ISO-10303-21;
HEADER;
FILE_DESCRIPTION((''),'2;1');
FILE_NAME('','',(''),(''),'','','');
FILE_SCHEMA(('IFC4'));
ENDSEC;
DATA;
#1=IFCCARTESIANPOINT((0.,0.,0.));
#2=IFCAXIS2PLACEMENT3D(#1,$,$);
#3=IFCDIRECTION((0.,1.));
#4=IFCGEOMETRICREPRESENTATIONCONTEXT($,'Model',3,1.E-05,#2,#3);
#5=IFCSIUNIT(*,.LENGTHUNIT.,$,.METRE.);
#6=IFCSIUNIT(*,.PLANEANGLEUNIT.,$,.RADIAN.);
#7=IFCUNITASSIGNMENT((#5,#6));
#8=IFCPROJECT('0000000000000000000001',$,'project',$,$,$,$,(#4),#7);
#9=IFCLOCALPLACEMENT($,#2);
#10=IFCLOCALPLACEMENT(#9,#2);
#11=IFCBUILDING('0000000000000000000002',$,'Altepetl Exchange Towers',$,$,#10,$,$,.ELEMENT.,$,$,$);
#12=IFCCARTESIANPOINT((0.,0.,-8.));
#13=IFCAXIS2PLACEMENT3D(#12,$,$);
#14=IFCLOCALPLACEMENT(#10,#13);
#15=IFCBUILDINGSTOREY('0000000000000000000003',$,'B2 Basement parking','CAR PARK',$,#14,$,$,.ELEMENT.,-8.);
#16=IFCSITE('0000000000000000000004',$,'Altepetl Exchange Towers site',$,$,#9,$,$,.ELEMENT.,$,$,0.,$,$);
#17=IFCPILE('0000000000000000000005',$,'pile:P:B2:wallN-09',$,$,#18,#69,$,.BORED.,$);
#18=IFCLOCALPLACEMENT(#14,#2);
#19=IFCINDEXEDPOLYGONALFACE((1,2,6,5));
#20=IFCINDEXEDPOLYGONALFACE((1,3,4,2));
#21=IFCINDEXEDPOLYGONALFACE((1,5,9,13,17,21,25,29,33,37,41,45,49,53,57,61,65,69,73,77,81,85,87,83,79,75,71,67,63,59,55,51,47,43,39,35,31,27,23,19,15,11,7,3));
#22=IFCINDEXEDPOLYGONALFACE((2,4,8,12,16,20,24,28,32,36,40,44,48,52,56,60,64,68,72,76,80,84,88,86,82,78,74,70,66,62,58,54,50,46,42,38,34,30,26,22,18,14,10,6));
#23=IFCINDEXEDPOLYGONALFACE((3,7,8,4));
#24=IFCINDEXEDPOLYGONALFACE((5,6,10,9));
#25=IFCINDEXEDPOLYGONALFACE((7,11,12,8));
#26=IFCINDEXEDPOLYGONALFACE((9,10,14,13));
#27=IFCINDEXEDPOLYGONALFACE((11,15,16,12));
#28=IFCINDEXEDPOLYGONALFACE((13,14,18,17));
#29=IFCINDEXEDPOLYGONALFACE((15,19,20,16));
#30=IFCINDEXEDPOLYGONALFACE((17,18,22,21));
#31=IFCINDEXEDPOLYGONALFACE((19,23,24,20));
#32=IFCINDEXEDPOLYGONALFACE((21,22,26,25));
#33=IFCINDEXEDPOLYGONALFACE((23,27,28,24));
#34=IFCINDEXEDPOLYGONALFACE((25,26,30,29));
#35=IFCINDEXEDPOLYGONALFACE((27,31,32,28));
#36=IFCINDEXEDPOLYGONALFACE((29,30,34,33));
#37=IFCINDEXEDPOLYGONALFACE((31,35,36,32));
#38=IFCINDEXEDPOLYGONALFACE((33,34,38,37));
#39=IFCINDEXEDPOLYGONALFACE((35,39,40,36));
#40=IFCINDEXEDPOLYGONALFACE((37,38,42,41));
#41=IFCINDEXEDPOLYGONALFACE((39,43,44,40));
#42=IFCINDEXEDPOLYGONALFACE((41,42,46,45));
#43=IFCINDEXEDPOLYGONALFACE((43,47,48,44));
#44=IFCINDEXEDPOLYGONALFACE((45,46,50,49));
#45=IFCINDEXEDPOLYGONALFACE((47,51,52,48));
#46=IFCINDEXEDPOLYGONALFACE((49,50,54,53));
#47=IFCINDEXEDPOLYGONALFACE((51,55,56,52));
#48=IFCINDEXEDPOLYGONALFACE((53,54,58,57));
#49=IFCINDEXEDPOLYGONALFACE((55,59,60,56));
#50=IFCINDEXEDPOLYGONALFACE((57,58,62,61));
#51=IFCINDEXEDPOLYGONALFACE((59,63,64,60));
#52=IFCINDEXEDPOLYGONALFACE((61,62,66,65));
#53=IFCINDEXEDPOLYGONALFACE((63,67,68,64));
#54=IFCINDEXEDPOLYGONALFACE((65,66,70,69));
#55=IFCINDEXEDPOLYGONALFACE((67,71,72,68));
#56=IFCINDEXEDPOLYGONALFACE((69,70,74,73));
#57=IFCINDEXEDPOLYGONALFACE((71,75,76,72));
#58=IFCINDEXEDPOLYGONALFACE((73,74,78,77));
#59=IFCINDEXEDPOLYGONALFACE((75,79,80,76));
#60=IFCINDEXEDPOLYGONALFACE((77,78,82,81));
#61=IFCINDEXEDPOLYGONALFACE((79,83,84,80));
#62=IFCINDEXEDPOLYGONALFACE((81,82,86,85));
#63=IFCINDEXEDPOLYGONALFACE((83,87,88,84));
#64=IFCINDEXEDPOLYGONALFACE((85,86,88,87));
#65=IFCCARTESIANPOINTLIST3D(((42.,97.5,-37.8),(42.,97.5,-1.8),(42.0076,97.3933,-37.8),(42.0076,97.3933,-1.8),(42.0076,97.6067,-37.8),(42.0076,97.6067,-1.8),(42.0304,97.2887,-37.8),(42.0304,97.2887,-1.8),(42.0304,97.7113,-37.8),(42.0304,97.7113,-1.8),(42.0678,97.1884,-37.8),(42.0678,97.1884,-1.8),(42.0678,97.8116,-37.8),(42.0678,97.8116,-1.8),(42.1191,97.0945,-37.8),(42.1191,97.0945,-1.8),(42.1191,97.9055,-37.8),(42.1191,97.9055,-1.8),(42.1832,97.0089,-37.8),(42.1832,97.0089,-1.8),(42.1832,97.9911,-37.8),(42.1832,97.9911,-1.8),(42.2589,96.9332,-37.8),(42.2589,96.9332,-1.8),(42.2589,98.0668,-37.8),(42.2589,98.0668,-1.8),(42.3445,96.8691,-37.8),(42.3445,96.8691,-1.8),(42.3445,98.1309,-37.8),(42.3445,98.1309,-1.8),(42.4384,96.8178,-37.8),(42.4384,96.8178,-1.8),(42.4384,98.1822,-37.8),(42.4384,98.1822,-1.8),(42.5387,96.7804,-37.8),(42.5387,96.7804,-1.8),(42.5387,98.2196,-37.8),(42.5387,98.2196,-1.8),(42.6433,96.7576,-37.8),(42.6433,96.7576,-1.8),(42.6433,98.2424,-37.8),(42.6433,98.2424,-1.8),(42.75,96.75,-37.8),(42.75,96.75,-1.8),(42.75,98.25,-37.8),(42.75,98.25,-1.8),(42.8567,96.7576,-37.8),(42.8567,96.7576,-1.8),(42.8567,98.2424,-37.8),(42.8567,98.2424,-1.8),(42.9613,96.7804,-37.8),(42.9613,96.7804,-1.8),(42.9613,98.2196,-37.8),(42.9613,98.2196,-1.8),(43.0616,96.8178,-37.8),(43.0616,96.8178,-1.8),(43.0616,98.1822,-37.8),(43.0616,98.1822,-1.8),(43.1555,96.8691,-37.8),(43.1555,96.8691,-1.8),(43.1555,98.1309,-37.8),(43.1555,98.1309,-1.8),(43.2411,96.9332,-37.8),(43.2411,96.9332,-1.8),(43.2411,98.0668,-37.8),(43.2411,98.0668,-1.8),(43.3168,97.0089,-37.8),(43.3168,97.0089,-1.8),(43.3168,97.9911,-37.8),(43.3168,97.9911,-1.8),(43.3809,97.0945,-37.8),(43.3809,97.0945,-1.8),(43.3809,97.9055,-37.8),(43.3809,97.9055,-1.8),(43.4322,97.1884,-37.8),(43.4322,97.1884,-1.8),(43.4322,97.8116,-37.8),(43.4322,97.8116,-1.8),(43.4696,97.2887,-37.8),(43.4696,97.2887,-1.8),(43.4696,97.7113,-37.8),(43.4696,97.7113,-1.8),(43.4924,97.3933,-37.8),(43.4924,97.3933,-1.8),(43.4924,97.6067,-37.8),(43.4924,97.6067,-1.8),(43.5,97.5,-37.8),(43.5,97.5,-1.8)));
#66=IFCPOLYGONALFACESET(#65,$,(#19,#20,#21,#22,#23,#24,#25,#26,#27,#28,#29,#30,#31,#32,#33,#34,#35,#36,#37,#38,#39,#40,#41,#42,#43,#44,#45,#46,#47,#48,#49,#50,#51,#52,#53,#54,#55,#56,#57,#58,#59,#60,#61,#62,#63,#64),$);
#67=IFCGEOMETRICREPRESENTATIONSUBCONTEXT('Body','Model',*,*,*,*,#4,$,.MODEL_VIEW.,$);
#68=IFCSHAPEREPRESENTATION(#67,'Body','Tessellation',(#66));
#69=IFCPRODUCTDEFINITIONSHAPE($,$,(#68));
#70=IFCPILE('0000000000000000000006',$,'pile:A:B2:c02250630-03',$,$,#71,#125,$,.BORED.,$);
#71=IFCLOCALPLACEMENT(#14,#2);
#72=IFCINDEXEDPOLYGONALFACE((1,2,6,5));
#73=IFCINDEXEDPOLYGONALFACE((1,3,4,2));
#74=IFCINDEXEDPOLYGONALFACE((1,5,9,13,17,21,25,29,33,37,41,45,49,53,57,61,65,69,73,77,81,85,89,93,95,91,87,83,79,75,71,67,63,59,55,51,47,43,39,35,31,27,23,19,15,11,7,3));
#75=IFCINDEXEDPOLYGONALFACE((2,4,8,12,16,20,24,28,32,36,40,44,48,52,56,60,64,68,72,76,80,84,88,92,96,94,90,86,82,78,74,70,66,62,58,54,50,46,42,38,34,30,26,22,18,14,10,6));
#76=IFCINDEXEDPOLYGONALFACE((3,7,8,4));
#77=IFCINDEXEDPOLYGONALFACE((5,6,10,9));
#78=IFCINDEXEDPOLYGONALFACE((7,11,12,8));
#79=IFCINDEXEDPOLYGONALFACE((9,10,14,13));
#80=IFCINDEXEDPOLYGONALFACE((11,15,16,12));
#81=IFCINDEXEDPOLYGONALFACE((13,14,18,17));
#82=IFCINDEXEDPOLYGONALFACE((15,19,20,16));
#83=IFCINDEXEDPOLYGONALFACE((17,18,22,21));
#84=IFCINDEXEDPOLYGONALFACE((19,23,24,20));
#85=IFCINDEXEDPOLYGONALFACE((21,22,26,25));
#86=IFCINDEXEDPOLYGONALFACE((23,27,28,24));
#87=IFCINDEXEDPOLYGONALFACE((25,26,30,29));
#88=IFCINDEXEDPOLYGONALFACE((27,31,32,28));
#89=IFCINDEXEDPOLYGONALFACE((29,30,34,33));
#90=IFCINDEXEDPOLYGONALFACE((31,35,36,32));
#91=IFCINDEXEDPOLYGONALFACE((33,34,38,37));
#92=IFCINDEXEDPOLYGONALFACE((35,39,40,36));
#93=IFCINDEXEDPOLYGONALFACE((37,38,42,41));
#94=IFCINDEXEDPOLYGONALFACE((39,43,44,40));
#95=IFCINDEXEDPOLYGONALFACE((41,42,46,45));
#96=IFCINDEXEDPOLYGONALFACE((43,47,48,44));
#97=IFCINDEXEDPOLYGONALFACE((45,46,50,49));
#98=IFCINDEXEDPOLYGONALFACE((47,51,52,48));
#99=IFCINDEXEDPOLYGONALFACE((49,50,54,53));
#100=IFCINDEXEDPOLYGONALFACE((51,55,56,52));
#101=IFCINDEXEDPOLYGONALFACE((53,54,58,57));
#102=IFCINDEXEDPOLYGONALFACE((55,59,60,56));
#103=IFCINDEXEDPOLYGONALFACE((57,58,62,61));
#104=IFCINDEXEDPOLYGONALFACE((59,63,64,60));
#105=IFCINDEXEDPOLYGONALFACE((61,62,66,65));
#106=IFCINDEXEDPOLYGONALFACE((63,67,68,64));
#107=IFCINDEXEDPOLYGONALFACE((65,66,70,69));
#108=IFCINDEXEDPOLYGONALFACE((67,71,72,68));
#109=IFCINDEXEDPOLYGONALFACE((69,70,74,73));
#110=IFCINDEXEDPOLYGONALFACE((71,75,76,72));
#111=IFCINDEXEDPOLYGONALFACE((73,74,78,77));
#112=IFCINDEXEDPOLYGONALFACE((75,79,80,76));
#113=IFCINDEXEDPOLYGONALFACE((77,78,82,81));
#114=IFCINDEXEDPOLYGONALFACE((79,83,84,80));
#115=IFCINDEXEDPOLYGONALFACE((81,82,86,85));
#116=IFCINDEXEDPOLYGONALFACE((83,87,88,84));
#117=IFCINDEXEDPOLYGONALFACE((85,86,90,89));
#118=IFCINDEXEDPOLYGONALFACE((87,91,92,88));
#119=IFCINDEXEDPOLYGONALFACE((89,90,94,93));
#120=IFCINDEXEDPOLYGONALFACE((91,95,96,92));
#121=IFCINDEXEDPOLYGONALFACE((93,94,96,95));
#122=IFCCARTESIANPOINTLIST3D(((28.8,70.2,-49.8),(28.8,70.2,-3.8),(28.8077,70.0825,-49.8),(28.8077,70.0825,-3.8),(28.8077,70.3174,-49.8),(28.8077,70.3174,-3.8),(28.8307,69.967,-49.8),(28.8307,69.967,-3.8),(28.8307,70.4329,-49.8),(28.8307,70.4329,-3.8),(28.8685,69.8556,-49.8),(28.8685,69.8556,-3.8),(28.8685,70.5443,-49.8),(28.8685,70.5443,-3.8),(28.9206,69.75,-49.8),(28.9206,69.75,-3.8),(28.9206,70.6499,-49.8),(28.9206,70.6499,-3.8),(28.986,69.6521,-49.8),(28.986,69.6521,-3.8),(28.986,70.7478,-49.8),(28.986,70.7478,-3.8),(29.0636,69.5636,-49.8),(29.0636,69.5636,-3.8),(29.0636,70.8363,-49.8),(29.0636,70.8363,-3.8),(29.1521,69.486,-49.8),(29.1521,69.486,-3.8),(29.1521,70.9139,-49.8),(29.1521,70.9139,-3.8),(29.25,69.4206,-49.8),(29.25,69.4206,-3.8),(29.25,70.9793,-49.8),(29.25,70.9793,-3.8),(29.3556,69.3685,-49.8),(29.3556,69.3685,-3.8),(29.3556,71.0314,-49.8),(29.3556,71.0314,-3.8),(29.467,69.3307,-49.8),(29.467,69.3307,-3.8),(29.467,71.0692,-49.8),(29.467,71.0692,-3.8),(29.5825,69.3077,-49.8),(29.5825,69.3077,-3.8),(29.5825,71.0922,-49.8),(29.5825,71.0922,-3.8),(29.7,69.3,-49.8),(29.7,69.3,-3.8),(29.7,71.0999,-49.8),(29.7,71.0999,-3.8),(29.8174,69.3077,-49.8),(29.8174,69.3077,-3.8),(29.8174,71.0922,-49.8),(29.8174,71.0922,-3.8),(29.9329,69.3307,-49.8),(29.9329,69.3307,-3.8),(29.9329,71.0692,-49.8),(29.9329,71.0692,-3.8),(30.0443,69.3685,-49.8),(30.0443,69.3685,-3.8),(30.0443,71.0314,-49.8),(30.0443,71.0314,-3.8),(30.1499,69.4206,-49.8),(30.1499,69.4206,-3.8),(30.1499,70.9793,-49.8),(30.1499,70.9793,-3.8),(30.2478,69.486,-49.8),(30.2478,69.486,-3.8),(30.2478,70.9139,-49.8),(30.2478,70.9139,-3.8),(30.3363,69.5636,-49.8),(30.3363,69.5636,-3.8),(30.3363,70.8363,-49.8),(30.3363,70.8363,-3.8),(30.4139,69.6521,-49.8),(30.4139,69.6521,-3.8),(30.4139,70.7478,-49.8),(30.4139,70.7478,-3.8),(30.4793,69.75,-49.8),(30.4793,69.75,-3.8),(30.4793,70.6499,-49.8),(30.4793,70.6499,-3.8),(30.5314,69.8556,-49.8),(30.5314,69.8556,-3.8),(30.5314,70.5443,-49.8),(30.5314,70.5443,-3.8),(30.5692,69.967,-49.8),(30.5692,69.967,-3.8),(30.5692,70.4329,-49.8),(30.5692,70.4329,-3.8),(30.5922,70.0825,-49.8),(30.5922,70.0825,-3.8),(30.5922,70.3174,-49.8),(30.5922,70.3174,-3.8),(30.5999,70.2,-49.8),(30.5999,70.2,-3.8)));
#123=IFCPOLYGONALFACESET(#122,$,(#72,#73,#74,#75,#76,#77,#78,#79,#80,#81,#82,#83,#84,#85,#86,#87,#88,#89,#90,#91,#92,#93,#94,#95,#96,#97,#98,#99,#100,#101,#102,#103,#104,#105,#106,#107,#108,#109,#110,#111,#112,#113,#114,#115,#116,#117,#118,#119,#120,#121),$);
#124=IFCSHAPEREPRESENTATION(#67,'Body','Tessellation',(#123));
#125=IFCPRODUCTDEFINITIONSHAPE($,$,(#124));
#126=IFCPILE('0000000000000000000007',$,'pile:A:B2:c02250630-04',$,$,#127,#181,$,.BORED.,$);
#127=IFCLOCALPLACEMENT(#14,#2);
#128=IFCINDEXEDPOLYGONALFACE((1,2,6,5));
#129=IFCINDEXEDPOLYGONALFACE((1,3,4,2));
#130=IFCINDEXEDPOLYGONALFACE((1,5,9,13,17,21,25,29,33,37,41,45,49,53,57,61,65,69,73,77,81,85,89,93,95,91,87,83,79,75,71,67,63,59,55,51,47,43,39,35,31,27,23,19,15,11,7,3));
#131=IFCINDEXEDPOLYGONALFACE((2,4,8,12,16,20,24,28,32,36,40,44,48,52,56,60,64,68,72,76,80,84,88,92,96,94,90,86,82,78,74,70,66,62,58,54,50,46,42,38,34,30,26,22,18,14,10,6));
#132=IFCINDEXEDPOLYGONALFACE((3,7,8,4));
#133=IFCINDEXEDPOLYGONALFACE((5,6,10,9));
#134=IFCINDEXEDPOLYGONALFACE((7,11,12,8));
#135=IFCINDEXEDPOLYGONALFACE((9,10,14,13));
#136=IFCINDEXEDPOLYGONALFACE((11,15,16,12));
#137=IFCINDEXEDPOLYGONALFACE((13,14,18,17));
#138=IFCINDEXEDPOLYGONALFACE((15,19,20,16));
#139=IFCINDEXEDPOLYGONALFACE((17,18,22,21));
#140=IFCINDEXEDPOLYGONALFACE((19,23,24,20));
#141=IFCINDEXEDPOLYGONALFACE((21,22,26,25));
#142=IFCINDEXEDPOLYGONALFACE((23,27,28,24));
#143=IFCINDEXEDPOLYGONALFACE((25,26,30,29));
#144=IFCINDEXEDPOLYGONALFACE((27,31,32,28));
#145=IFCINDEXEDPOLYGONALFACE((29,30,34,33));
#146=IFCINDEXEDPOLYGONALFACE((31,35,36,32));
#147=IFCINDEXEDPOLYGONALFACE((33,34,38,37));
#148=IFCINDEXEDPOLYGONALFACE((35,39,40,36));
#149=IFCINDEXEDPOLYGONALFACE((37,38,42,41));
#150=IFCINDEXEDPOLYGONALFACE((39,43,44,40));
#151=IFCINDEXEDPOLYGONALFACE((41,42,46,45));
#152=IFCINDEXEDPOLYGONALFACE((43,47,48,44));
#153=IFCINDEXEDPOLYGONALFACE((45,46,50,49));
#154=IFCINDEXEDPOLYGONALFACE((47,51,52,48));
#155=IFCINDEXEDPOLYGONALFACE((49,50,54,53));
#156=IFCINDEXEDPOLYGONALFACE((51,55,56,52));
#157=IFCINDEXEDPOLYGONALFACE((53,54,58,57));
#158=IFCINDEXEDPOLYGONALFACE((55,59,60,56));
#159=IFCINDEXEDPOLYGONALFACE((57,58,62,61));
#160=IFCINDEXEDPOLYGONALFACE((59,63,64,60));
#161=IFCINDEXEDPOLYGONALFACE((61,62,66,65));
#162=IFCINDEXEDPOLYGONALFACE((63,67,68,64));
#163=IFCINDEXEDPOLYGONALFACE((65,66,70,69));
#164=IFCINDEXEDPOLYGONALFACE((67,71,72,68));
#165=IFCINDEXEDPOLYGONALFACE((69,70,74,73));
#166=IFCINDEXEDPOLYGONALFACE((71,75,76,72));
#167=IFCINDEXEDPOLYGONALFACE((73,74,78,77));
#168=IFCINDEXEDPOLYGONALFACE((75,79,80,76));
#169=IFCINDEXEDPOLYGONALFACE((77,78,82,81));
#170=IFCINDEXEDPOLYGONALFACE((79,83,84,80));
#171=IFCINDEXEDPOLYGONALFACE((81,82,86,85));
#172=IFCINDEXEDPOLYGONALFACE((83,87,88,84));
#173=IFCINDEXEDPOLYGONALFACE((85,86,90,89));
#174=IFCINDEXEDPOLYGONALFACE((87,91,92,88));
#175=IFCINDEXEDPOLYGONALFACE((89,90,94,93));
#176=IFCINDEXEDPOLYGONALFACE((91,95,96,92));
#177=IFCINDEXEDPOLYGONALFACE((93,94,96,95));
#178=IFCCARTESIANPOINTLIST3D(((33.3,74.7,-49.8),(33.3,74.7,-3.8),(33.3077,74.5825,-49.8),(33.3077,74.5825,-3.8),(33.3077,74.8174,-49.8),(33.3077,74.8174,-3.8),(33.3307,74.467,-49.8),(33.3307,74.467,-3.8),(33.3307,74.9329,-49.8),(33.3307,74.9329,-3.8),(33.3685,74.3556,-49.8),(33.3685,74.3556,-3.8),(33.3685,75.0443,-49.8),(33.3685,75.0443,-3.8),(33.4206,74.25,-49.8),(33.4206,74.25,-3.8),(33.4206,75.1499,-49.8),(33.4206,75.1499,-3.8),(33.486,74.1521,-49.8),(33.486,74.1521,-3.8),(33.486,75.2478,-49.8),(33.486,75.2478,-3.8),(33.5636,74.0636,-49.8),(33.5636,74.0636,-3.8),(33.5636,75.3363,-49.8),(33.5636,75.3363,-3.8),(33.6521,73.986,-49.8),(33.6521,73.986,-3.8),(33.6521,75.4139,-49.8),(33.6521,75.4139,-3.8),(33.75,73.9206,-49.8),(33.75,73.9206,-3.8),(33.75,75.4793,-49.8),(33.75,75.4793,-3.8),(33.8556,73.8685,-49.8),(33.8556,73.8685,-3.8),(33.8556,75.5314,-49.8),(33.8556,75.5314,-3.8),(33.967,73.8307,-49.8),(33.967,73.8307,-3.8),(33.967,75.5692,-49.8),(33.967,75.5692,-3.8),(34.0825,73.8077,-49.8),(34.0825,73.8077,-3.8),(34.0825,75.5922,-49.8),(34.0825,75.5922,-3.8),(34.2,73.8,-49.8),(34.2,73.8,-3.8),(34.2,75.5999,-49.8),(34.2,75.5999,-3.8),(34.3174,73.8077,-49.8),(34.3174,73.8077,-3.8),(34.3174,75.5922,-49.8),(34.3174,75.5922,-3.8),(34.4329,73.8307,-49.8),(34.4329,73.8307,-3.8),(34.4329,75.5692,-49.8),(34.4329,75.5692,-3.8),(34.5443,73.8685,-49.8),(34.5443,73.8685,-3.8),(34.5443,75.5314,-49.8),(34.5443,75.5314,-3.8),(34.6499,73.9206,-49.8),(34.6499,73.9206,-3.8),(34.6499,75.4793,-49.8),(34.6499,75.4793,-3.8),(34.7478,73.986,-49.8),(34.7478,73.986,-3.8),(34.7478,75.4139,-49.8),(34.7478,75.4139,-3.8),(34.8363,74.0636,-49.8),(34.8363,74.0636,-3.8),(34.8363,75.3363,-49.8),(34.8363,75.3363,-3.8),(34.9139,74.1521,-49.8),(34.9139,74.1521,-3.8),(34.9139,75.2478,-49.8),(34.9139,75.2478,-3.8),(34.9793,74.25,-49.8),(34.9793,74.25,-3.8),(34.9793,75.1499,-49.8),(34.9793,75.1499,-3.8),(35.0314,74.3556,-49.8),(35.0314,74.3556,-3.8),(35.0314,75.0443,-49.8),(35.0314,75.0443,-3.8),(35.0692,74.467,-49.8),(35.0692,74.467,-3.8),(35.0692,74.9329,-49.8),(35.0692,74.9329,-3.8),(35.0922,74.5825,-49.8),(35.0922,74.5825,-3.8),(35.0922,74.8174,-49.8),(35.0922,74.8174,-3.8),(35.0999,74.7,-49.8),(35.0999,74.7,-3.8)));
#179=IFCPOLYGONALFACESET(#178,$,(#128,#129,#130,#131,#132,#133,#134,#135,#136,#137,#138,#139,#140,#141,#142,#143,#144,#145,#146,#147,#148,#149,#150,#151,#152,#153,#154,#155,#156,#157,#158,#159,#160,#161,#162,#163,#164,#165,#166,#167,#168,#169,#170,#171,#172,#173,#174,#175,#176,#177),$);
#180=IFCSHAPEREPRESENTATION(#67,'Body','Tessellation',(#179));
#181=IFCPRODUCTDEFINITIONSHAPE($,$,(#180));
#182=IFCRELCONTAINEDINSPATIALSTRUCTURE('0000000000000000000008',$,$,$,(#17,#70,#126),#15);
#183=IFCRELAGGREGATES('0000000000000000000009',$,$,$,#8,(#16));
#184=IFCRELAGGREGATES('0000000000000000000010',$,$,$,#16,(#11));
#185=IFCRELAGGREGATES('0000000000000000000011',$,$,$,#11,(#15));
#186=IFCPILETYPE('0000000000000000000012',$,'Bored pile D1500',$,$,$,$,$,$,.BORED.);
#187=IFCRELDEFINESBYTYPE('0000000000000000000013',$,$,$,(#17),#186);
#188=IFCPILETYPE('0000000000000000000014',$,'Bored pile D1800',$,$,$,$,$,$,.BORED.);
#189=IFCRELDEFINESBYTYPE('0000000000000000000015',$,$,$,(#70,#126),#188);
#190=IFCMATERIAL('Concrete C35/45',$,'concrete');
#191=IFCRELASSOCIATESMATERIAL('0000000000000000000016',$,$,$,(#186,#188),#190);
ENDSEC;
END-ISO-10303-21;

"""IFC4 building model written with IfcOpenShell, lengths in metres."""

from ifc_helpers import new_model, si_unit, direction, frame, origin, origin_2d, place, context, subcontext, project, spatial, circle, extrude, material, material_profile, profile_set, type_object, element, save


model = new_model("IFC4")

# Units and contexts
model_context = context("Model", 3, precision=1e-05, world=origin(), true_north=direction((0.0, 1.0)))
body_context = subcontext(model_context, "Body", "Model", "MODEL_VIEW")
ifc_project = project(units=[si_unit("LENGTHUNIT", "METRE"), si_unit("PLANEANGLEUNIT", "RADIAN")], contexts=[model_context])

# Site, building, storey
site_placement = place(None, origin())
site = spatial("IfcSite", under=ifc_project, at=site_placement, Name="Altepetl Exchange Towers site", CompositionType="ELEMENT", RefElevation=0.0)
building_placement = place(site_placement, origin())
building = spatial("IfcBuilding", under=site, at=building_placement, Name="Altepetl Exchange Towers", CompositionType="ELEMENT")
storey_placement = place(building_placement, frame((0.0, 0.0, -8.0)))
storey = spatial("IfcBuildingStorey", under=building, at=storey_placement, Name="B2 Basement parking", Description="CAR PARK", CompositionType="ELEMENT", Elevation=-8.0)

# Piles
ifc_material_1 = material(Name="Concrete C35/45", Category="concrete")
ifc_material_profile_1 = material_profile(ifc_material_1, circle(Radius=0.75, at=origin_2d()), Name="D1500")
ifc_profile_set_1 = profile_set([ifc_material_profile_1], Name="Concrete C35/45")
pile_type_1 = type_object("IfcPileType", Name="Bored pile D1500", PredefinedType="BORED", material=ifc_profile_set_1)
for number, where, z_axis, x_axis, name in (
    (1, (42.75, 97.5, -1.8), (0.0, 0.0, -1.0), (1.0, 0.0, 0.0), "pile:P:B2:wallN-09"),
):
    element("IfcPile", number, at=place(storey_placement, frame(where, z_axis=z_axis, x_axis=x_axis)), inside=storey, type_object=pile_type_1, Name=name, PredefinedType="BORED", context=body_context, shape_type="SweptSolid", body=[
        extrude(circle(Radius=0.75, at=origin_2d()), origin(), (0.0, 0.0, 1.0), 36.0),
    ])
ifc_material_profile_2 = material_profile(ifc_material_1, circle(Radius=0.8999, at=origin_2d()), Name="D1800")
ifc_profile_set_2 = profile_set([ifc_material_profile_2], Name="Concrete C35/45")
pile_type_2 = type_object("IfcPileType", Name="Bored pile D1800", PredefinedType="BORED", material=ifc_profile_set_2)
for number, where, z_axis, x_axis, name in (
    (2, (29.7, 70.2, -3.8), (0.0, 0.0, -1.0), (1.0, 0.0, 0.0), "pile:A:B2:c02250630-03"),
    (3, (34.2, 74.7, -3.8), (0.0, 0.0, -1.0), (1.0, 0.0, 0.0), "pile:A:B2:c02250630-04"),
):
    element("IfcPile", number, at=place(storey_placement, frame(where, z_axis=z_axis, x_axis=x_axis)), inside=storey, type_object=pile_type_2, Name=name, PredefinedType="BORED", context=body_context, shape_type="SweptSolid", body=[
        extrude(circle(Radius=0.8999, at=origin_2d()), origin(), (0.0, 0.0, 1.0), 46.0),
    ])

save(model, "model.ifc")
